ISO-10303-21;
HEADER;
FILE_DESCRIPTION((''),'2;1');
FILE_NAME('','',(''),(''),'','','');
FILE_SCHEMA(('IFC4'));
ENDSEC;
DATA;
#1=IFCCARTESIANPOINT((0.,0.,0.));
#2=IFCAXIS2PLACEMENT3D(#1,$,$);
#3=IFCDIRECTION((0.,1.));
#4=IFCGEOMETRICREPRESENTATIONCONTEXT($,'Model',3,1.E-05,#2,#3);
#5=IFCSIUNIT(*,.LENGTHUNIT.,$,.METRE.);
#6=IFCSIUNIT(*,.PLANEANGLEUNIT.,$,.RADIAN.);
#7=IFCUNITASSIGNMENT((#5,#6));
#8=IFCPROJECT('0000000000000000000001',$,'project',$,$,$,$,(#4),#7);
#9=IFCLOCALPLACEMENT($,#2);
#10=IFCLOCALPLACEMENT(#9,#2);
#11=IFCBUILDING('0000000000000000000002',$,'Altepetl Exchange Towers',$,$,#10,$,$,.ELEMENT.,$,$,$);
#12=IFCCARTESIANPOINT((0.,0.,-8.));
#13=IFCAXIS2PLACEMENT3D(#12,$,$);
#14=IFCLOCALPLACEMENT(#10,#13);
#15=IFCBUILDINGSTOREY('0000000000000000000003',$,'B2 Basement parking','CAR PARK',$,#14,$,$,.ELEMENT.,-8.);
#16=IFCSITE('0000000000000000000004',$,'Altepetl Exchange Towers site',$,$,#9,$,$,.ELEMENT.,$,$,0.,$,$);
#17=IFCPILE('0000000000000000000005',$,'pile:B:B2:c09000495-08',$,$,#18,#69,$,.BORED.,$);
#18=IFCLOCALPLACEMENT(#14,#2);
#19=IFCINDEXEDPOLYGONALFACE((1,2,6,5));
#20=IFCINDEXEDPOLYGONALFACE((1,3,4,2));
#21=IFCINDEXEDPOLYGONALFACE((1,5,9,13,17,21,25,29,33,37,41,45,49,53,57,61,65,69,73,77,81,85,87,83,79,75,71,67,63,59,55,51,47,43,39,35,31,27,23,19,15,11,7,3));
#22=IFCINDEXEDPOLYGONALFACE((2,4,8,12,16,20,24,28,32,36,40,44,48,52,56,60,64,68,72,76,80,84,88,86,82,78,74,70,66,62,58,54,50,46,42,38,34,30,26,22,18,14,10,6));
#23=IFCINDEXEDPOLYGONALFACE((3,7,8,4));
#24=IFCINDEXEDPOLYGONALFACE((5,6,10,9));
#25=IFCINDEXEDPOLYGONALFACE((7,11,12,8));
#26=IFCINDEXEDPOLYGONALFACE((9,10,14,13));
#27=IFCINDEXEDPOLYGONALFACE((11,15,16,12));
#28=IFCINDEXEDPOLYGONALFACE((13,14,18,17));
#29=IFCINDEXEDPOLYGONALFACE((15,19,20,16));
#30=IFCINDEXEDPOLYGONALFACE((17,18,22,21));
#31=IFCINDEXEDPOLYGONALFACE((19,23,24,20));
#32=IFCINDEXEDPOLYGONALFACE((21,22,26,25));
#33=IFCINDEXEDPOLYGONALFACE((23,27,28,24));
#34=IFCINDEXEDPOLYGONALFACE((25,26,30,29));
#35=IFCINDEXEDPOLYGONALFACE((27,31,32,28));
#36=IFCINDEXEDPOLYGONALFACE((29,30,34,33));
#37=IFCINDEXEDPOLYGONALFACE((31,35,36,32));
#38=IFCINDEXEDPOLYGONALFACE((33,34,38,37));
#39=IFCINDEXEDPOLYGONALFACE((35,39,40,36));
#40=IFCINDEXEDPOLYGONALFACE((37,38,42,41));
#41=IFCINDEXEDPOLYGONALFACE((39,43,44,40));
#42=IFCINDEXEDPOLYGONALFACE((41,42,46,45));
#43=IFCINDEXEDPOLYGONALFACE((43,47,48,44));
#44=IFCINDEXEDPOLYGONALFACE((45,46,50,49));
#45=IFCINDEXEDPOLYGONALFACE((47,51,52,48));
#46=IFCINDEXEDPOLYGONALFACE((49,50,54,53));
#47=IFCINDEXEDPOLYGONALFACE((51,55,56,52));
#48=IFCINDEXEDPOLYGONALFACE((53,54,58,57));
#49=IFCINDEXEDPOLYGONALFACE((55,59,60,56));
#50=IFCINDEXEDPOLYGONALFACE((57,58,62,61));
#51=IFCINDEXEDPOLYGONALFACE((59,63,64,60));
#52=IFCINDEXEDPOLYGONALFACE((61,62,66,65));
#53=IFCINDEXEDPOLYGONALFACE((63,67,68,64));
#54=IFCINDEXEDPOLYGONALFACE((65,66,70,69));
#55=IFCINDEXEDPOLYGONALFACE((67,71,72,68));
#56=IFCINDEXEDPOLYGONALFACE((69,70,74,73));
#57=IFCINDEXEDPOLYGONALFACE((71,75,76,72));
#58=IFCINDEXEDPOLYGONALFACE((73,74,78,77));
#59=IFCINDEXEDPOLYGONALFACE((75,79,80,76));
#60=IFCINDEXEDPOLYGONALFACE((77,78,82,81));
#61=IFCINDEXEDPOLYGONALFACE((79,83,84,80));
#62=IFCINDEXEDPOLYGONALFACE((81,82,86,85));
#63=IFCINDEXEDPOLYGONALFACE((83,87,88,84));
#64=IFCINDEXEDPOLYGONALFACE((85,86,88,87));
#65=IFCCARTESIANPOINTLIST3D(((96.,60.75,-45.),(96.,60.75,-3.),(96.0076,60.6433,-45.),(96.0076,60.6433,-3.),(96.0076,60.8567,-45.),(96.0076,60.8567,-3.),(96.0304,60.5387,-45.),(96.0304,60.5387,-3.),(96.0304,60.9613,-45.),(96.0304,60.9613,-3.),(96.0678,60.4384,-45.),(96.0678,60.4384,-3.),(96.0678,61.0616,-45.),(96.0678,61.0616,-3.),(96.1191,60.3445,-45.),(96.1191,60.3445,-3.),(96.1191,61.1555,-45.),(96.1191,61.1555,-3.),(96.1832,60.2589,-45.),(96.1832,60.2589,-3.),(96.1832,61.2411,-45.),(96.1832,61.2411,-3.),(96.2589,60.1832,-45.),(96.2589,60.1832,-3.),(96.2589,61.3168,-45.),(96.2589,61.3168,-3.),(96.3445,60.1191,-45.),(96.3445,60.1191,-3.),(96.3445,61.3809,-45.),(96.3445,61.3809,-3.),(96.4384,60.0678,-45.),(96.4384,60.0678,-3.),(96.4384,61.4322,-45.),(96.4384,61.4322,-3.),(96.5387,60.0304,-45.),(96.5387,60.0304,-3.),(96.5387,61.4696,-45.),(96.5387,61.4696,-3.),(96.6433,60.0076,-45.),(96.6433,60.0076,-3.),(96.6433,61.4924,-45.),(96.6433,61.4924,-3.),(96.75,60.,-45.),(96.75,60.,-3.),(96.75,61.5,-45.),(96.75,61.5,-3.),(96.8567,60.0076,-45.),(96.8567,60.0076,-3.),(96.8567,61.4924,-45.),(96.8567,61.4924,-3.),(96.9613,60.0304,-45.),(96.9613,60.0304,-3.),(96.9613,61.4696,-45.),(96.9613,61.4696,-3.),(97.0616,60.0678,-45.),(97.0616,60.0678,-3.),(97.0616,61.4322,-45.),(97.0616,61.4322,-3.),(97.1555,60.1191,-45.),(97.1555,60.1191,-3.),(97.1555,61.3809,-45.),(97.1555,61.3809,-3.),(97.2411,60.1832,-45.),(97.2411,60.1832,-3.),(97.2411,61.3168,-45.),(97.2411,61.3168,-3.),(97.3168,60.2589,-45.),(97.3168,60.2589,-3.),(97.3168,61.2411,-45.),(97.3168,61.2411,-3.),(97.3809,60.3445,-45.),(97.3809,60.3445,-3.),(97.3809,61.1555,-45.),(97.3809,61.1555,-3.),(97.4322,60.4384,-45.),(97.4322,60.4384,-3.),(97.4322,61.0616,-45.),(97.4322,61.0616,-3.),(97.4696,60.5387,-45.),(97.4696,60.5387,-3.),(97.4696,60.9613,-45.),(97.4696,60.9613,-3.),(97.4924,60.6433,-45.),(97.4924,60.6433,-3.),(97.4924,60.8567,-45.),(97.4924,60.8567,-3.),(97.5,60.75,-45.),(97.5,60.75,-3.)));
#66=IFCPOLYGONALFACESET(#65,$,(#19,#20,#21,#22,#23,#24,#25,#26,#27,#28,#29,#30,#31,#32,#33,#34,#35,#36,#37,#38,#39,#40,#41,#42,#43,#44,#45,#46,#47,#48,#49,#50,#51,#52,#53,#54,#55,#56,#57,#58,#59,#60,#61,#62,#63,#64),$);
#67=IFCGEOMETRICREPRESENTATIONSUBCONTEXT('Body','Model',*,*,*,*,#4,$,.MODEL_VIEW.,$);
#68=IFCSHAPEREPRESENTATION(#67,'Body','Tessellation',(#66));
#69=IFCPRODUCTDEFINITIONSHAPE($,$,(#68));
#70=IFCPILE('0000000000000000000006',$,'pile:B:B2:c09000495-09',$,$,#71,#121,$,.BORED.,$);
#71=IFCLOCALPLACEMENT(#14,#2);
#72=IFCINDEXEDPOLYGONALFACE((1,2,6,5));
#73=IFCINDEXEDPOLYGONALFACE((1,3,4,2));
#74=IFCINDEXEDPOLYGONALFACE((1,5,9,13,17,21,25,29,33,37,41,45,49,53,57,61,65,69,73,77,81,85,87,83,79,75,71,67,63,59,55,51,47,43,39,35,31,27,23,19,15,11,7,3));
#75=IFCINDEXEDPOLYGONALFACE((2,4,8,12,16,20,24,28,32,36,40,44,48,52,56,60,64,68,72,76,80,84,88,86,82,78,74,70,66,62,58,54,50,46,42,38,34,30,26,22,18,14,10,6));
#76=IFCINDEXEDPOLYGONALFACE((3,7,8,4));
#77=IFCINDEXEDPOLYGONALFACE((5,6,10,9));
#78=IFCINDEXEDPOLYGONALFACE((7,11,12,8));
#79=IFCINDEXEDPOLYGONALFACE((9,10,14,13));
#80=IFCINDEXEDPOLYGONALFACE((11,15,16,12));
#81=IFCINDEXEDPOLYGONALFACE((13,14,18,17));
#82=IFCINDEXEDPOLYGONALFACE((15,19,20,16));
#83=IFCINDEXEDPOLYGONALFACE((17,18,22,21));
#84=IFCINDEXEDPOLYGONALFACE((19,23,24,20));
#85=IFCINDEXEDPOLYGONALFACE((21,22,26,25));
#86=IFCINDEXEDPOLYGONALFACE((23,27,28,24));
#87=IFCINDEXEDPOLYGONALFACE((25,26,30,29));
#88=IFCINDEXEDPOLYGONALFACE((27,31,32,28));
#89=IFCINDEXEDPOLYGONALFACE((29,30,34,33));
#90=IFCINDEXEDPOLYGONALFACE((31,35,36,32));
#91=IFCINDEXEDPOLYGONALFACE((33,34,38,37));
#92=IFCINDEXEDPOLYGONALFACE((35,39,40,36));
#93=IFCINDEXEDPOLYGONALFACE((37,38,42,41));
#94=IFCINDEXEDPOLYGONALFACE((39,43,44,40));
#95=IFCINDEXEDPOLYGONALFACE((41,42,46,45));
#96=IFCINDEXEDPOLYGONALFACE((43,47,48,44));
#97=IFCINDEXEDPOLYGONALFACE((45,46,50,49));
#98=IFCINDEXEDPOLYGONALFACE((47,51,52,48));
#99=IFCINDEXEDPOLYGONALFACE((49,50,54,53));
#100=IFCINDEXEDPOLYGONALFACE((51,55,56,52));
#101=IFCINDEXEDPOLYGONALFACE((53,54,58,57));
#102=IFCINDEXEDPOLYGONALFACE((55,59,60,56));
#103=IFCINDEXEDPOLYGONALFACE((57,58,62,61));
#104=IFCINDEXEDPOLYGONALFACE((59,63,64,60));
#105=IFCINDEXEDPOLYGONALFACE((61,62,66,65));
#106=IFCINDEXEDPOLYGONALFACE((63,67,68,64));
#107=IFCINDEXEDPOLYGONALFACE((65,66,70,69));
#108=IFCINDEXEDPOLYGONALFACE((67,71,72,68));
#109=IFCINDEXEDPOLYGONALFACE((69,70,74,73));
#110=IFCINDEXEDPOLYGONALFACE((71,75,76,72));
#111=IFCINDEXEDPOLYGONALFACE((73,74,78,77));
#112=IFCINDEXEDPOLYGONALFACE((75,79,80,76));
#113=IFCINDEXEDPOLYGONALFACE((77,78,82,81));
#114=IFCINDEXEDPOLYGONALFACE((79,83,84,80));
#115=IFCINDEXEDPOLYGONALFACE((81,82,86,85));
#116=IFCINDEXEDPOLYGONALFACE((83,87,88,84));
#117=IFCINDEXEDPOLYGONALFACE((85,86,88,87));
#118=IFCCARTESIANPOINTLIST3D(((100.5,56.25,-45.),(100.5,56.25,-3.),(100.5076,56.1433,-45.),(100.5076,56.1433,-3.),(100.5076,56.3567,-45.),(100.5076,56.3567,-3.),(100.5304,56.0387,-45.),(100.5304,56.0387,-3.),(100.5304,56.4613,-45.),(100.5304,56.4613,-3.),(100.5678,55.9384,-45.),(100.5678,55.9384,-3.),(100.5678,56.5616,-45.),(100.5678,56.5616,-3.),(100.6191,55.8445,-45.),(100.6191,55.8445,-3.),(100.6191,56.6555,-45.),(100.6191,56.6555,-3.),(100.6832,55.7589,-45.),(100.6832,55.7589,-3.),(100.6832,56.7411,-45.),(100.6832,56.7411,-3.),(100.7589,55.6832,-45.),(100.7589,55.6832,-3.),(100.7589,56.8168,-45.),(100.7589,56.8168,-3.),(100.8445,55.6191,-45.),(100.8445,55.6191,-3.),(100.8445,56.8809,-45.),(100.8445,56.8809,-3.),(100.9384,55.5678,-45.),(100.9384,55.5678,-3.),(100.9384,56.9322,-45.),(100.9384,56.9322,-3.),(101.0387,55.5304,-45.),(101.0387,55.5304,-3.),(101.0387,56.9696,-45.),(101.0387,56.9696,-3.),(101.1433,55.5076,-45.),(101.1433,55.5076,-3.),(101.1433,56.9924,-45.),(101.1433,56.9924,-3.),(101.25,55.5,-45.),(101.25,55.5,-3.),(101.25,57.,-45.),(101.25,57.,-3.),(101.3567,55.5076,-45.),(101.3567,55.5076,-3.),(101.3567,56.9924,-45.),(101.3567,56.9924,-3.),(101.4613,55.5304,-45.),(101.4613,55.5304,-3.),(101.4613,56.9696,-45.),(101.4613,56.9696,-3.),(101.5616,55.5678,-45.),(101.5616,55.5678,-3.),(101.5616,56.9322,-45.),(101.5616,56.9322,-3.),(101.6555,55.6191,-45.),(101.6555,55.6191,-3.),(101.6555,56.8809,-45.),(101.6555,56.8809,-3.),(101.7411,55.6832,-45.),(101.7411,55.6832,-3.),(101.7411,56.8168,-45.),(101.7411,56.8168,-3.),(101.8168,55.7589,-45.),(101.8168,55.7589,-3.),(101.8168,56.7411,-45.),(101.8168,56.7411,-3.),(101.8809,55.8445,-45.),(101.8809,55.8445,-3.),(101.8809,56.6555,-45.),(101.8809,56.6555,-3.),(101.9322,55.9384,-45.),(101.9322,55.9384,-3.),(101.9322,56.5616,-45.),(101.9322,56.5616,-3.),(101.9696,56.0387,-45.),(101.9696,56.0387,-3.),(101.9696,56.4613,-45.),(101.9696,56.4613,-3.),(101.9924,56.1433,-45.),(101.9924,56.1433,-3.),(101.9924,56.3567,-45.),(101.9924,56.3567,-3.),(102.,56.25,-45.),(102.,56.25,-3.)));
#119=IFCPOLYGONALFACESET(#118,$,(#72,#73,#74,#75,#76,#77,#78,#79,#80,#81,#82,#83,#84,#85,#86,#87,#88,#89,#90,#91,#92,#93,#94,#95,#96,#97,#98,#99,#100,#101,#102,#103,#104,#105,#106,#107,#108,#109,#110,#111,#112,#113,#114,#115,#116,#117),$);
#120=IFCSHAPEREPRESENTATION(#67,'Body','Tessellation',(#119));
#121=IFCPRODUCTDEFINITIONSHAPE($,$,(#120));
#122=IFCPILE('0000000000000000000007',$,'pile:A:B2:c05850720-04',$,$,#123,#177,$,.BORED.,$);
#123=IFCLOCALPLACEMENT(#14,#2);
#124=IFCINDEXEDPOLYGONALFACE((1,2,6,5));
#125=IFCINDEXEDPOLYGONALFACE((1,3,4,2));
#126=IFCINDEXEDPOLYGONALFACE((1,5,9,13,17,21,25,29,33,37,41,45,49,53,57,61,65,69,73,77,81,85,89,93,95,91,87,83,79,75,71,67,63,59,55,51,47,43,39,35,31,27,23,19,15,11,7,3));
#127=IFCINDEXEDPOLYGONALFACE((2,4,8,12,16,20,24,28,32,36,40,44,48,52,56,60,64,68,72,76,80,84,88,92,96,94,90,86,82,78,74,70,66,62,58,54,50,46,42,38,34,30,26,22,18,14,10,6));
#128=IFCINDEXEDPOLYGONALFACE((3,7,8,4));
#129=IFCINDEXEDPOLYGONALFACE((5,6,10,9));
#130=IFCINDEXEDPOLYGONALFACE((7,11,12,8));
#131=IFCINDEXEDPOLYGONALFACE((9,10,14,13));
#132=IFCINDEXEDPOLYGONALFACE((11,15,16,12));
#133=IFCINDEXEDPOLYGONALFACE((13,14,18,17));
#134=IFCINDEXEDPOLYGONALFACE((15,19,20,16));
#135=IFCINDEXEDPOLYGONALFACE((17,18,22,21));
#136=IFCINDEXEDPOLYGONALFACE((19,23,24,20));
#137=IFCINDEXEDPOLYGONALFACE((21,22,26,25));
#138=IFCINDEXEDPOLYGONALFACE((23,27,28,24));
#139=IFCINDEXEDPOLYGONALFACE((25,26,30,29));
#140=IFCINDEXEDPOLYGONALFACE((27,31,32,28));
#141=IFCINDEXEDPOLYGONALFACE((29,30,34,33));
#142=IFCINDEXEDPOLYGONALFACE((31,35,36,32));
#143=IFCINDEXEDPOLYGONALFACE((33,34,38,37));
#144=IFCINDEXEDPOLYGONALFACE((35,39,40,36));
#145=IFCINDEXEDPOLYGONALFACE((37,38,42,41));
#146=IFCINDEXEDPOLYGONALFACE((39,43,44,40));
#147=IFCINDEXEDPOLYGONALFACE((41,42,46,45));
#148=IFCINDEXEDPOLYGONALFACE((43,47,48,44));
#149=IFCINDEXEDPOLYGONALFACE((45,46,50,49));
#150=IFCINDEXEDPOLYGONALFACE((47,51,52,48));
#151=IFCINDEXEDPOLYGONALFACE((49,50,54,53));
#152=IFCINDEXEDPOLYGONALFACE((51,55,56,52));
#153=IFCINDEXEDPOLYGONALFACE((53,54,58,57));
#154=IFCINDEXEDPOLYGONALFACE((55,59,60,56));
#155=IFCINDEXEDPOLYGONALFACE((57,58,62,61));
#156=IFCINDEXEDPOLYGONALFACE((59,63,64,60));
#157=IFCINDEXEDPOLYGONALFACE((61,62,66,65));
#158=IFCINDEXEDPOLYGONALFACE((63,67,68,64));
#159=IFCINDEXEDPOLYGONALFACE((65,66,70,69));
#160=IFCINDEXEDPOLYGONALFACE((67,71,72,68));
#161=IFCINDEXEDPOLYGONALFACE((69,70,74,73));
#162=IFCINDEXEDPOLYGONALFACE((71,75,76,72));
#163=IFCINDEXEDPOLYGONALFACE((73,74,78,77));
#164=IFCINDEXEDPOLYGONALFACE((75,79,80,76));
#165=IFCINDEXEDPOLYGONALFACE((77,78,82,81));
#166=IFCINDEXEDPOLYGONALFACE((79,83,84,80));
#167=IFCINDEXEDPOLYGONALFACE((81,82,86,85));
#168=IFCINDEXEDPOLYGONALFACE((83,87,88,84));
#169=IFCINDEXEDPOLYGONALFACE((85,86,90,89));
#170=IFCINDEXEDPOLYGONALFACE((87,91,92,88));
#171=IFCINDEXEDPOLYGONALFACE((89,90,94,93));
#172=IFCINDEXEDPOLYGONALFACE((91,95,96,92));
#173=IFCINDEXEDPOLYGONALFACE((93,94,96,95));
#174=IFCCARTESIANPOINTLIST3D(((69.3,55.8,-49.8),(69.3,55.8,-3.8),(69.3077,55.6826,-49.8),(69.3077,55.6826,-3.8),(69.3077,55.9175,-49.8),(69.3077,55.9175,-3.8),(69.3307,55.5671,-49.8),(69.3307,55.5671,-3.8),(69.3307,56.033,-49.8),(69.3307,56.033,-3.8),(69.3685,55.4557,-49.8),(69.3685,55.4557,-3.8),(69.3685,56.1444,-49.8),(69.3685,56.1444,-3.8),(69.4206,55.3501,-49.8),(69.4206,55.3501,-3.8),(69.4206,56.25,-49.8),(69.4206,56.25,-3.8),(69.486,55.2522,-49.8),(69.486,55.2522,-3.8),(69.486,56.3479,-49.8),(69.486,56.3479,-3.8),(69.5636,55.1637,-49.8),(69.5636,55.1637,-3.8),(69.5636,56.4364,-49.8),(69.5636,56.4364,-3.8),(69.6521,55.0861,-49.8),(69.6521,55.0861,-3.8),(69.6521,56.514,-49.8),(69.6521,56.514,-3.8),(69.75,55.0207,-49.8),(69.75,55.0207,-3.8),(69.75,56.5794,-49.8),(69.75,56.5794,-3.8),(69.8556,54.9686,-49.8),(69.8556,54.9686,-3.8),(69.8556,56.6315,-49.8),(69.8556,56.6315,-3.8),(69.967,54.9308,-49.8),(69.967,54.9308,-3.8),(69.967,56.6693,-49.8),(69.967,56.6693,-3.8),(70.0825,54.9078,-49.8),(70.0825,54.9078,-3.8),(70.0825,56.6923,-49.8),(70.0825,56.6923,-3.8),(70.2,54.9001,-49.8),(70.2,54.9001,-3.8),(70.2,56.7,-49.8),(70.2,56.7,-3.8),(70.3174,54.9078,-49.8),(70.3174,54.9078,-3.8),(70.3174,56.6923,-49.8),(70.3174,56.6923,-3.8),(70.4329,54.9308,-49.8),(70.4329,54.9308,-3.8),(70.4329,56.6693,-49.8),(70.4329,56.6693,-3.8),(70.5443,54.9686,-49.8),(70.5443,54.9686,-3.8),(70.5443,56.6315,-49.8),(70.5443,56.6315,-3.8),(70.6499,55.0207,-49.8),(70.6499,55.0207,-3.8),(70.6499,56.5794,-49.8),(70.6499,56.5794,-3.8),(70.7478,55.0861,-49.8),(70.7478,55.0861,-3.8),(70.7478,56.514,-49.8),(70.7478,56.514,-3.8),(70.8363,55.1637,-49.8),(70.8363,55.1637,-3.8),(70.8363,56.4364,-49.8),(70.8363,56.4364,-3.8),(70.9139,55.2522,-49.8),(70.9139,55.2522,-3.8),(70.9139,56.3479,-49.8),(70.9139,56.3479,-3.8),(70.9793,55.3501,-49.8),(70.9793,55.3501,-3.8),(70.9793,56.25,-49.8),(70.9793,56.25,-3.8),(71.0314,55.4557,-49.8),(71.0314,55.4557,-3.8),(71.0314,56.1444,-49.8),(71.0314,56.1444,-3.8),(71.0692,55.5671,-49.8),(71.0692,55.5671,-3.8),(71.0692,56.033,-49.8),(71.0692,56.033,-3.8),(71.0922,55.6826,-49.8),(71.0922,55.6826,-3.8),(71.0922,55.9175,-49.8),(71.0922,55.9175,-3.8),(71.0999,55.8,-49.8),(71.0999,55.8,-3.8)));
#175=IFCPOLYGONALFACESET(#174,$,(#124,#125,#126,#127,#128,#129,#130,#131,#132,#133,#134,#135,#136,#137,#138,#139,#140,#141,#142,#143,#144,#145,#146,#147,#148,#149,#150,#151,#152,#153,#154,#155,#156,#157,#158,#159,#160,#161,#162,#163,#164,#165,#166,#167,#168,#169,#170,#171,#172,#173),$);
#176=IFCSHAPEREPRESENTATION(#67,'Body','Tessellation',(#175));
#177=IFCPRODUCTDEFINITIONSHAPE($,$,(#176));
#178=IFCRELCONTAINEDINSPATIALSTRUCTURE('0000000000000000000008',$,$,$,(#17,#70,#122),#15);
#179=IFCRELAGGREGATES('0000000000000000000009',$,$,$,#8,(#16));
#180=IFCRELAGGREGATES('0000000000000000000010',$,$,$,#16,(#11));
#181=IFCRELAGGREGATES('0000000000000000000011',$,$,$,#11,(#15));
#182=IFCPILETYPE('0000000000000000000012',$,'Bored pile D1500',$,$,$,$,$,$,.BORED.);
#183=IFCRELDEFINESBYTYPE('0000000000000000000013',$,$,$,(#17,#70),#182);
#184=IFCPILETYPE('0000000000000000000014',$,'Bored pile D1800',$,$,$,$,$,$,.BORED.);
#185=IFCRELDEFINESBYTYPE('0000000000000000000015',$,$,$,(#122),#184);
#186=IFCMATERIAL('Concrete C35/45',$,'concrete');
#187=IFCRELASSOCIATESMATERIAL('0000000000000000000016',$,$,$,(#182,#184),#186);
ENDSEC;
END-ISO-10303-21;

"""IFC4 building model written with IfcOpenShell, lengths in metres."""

from ifc_helpers import new_model, si_unit, direction, frame, origin, origin_2d, place, context, subcontext, project, spatial, circle, extrude, material, material_profile, profile_set, type_object, element, save


model = new_model("IFC4")

# Units and contexts
model_context = context("Model", 3, precision=1e-05, world=origin(), true_north=direction((0.0, 1.0)))
body_context = subcontext(model_context, "Body", "Model", "MODEL_VIEW")
ifc_project = project(units=[si_unit("LENGTHUNIT", "METRE"), si_unit("PLANEANGLEUNIT", "RADIAN")], contexts=[model_context])

# Site, building, storey
site_placement = place(None, origin())
site = spatial("IfcSite", under=ifc_project, at=site_placement, Name="Altepetl Exchange Towers site", CompositionType="ELEMENT", RefElevation=0.0)
building_placement = place(site_placement, origin())
building = spatial("IfcBuilding", under=site, at=building_placement, Name="Altepetl Exchange Towers", CompositionType="ELEMENT")
storey_placement = place(building_placement, frame((0.0, 0.0, -8.0)))
storey = spatial("IfcBuildingStorey", under=building, at=storey_placement, Name="B2 Basement parking", Description="CAR PARK", CompositionType="ELEMENT", Elevation=-8.0)

# Piles
ifc_material_1 = material(Name="Concrete C35/45", Category="concrete")
ifc_material_profile_1 = material_profile(ifc_material_1, circle(Radius=0.75, at=origin_2d()), Name="D1500")
ifc_profile_set_1 = profile_set([ifc_material_profile_1], Name="Concrete C35/45")
pile_type_1 = type_object("IfcPileType", Name="Bored pile D1500", PredefinedType="BORED", material=ifc_profile_set_1)
for number, where, z_axis, x_axis, name in (
    (1, (96.75, 60.75, -3.0), (0.0, 0.0, -1.0), (1.0, 0.0, 0.0), "pile:B:B2:c09000495-08"),
    (2, (101.25, 56.25, -3.0), (0.0, 0.0, -1.0), (1.0, 0.0, 0.0), "pile:B:B2:c09000495-09"),
):
    element("IfcPile", number, at=place(storey_placement, frame(where, z_axis=z_axis, x_axis=x_axis)), inside=storey, type_object=pile_type_1, Name=name, PredefinedType="BORED", context=body_context, shape_type="SweptSolid", body=[
        extrude(circle(Radius=0.75, at=origin_2d()), origin(), (0.0, 0.0, 1.0), 42.0),
    ])
ifc_material_profile_2 = material_profile(ifc_material_1, circle(Radius=0.8999, at=origin_2d()), Name="D1800")
ifc_profile_set_2 = profile_set([ifc_material_profile_2], Name="Concrete C35/45")
pile_type_2 = type_object("IfcPileType", Name="Bored pile D1800", PredefinedType="BORED", material=ifc_profile_set_2)
for number, where, z_axis, x_axis, name in (
    (3, (70.2, 55.8, -3.8), (0.0, 0.0, -1.0), (1.0, 0.0, 0.0), "pile:A:B2:c05850720-04"),
):
    element("IfcPile", number, at=place(storey_placement, frame(where, z_axis=z_axis, x_axis=x_axis)), inside=storey, type_object=pile_type_2, Name=name, PredefinedType="BORED", context=body_context, shape_type="SweptSolid", body=[
        extrude(circle(Radius=0.8999, at=origin_2d()), origin(), (0.0, 0.0, 1.0), 46.0),
    ])

save(model, "model.ifc")
